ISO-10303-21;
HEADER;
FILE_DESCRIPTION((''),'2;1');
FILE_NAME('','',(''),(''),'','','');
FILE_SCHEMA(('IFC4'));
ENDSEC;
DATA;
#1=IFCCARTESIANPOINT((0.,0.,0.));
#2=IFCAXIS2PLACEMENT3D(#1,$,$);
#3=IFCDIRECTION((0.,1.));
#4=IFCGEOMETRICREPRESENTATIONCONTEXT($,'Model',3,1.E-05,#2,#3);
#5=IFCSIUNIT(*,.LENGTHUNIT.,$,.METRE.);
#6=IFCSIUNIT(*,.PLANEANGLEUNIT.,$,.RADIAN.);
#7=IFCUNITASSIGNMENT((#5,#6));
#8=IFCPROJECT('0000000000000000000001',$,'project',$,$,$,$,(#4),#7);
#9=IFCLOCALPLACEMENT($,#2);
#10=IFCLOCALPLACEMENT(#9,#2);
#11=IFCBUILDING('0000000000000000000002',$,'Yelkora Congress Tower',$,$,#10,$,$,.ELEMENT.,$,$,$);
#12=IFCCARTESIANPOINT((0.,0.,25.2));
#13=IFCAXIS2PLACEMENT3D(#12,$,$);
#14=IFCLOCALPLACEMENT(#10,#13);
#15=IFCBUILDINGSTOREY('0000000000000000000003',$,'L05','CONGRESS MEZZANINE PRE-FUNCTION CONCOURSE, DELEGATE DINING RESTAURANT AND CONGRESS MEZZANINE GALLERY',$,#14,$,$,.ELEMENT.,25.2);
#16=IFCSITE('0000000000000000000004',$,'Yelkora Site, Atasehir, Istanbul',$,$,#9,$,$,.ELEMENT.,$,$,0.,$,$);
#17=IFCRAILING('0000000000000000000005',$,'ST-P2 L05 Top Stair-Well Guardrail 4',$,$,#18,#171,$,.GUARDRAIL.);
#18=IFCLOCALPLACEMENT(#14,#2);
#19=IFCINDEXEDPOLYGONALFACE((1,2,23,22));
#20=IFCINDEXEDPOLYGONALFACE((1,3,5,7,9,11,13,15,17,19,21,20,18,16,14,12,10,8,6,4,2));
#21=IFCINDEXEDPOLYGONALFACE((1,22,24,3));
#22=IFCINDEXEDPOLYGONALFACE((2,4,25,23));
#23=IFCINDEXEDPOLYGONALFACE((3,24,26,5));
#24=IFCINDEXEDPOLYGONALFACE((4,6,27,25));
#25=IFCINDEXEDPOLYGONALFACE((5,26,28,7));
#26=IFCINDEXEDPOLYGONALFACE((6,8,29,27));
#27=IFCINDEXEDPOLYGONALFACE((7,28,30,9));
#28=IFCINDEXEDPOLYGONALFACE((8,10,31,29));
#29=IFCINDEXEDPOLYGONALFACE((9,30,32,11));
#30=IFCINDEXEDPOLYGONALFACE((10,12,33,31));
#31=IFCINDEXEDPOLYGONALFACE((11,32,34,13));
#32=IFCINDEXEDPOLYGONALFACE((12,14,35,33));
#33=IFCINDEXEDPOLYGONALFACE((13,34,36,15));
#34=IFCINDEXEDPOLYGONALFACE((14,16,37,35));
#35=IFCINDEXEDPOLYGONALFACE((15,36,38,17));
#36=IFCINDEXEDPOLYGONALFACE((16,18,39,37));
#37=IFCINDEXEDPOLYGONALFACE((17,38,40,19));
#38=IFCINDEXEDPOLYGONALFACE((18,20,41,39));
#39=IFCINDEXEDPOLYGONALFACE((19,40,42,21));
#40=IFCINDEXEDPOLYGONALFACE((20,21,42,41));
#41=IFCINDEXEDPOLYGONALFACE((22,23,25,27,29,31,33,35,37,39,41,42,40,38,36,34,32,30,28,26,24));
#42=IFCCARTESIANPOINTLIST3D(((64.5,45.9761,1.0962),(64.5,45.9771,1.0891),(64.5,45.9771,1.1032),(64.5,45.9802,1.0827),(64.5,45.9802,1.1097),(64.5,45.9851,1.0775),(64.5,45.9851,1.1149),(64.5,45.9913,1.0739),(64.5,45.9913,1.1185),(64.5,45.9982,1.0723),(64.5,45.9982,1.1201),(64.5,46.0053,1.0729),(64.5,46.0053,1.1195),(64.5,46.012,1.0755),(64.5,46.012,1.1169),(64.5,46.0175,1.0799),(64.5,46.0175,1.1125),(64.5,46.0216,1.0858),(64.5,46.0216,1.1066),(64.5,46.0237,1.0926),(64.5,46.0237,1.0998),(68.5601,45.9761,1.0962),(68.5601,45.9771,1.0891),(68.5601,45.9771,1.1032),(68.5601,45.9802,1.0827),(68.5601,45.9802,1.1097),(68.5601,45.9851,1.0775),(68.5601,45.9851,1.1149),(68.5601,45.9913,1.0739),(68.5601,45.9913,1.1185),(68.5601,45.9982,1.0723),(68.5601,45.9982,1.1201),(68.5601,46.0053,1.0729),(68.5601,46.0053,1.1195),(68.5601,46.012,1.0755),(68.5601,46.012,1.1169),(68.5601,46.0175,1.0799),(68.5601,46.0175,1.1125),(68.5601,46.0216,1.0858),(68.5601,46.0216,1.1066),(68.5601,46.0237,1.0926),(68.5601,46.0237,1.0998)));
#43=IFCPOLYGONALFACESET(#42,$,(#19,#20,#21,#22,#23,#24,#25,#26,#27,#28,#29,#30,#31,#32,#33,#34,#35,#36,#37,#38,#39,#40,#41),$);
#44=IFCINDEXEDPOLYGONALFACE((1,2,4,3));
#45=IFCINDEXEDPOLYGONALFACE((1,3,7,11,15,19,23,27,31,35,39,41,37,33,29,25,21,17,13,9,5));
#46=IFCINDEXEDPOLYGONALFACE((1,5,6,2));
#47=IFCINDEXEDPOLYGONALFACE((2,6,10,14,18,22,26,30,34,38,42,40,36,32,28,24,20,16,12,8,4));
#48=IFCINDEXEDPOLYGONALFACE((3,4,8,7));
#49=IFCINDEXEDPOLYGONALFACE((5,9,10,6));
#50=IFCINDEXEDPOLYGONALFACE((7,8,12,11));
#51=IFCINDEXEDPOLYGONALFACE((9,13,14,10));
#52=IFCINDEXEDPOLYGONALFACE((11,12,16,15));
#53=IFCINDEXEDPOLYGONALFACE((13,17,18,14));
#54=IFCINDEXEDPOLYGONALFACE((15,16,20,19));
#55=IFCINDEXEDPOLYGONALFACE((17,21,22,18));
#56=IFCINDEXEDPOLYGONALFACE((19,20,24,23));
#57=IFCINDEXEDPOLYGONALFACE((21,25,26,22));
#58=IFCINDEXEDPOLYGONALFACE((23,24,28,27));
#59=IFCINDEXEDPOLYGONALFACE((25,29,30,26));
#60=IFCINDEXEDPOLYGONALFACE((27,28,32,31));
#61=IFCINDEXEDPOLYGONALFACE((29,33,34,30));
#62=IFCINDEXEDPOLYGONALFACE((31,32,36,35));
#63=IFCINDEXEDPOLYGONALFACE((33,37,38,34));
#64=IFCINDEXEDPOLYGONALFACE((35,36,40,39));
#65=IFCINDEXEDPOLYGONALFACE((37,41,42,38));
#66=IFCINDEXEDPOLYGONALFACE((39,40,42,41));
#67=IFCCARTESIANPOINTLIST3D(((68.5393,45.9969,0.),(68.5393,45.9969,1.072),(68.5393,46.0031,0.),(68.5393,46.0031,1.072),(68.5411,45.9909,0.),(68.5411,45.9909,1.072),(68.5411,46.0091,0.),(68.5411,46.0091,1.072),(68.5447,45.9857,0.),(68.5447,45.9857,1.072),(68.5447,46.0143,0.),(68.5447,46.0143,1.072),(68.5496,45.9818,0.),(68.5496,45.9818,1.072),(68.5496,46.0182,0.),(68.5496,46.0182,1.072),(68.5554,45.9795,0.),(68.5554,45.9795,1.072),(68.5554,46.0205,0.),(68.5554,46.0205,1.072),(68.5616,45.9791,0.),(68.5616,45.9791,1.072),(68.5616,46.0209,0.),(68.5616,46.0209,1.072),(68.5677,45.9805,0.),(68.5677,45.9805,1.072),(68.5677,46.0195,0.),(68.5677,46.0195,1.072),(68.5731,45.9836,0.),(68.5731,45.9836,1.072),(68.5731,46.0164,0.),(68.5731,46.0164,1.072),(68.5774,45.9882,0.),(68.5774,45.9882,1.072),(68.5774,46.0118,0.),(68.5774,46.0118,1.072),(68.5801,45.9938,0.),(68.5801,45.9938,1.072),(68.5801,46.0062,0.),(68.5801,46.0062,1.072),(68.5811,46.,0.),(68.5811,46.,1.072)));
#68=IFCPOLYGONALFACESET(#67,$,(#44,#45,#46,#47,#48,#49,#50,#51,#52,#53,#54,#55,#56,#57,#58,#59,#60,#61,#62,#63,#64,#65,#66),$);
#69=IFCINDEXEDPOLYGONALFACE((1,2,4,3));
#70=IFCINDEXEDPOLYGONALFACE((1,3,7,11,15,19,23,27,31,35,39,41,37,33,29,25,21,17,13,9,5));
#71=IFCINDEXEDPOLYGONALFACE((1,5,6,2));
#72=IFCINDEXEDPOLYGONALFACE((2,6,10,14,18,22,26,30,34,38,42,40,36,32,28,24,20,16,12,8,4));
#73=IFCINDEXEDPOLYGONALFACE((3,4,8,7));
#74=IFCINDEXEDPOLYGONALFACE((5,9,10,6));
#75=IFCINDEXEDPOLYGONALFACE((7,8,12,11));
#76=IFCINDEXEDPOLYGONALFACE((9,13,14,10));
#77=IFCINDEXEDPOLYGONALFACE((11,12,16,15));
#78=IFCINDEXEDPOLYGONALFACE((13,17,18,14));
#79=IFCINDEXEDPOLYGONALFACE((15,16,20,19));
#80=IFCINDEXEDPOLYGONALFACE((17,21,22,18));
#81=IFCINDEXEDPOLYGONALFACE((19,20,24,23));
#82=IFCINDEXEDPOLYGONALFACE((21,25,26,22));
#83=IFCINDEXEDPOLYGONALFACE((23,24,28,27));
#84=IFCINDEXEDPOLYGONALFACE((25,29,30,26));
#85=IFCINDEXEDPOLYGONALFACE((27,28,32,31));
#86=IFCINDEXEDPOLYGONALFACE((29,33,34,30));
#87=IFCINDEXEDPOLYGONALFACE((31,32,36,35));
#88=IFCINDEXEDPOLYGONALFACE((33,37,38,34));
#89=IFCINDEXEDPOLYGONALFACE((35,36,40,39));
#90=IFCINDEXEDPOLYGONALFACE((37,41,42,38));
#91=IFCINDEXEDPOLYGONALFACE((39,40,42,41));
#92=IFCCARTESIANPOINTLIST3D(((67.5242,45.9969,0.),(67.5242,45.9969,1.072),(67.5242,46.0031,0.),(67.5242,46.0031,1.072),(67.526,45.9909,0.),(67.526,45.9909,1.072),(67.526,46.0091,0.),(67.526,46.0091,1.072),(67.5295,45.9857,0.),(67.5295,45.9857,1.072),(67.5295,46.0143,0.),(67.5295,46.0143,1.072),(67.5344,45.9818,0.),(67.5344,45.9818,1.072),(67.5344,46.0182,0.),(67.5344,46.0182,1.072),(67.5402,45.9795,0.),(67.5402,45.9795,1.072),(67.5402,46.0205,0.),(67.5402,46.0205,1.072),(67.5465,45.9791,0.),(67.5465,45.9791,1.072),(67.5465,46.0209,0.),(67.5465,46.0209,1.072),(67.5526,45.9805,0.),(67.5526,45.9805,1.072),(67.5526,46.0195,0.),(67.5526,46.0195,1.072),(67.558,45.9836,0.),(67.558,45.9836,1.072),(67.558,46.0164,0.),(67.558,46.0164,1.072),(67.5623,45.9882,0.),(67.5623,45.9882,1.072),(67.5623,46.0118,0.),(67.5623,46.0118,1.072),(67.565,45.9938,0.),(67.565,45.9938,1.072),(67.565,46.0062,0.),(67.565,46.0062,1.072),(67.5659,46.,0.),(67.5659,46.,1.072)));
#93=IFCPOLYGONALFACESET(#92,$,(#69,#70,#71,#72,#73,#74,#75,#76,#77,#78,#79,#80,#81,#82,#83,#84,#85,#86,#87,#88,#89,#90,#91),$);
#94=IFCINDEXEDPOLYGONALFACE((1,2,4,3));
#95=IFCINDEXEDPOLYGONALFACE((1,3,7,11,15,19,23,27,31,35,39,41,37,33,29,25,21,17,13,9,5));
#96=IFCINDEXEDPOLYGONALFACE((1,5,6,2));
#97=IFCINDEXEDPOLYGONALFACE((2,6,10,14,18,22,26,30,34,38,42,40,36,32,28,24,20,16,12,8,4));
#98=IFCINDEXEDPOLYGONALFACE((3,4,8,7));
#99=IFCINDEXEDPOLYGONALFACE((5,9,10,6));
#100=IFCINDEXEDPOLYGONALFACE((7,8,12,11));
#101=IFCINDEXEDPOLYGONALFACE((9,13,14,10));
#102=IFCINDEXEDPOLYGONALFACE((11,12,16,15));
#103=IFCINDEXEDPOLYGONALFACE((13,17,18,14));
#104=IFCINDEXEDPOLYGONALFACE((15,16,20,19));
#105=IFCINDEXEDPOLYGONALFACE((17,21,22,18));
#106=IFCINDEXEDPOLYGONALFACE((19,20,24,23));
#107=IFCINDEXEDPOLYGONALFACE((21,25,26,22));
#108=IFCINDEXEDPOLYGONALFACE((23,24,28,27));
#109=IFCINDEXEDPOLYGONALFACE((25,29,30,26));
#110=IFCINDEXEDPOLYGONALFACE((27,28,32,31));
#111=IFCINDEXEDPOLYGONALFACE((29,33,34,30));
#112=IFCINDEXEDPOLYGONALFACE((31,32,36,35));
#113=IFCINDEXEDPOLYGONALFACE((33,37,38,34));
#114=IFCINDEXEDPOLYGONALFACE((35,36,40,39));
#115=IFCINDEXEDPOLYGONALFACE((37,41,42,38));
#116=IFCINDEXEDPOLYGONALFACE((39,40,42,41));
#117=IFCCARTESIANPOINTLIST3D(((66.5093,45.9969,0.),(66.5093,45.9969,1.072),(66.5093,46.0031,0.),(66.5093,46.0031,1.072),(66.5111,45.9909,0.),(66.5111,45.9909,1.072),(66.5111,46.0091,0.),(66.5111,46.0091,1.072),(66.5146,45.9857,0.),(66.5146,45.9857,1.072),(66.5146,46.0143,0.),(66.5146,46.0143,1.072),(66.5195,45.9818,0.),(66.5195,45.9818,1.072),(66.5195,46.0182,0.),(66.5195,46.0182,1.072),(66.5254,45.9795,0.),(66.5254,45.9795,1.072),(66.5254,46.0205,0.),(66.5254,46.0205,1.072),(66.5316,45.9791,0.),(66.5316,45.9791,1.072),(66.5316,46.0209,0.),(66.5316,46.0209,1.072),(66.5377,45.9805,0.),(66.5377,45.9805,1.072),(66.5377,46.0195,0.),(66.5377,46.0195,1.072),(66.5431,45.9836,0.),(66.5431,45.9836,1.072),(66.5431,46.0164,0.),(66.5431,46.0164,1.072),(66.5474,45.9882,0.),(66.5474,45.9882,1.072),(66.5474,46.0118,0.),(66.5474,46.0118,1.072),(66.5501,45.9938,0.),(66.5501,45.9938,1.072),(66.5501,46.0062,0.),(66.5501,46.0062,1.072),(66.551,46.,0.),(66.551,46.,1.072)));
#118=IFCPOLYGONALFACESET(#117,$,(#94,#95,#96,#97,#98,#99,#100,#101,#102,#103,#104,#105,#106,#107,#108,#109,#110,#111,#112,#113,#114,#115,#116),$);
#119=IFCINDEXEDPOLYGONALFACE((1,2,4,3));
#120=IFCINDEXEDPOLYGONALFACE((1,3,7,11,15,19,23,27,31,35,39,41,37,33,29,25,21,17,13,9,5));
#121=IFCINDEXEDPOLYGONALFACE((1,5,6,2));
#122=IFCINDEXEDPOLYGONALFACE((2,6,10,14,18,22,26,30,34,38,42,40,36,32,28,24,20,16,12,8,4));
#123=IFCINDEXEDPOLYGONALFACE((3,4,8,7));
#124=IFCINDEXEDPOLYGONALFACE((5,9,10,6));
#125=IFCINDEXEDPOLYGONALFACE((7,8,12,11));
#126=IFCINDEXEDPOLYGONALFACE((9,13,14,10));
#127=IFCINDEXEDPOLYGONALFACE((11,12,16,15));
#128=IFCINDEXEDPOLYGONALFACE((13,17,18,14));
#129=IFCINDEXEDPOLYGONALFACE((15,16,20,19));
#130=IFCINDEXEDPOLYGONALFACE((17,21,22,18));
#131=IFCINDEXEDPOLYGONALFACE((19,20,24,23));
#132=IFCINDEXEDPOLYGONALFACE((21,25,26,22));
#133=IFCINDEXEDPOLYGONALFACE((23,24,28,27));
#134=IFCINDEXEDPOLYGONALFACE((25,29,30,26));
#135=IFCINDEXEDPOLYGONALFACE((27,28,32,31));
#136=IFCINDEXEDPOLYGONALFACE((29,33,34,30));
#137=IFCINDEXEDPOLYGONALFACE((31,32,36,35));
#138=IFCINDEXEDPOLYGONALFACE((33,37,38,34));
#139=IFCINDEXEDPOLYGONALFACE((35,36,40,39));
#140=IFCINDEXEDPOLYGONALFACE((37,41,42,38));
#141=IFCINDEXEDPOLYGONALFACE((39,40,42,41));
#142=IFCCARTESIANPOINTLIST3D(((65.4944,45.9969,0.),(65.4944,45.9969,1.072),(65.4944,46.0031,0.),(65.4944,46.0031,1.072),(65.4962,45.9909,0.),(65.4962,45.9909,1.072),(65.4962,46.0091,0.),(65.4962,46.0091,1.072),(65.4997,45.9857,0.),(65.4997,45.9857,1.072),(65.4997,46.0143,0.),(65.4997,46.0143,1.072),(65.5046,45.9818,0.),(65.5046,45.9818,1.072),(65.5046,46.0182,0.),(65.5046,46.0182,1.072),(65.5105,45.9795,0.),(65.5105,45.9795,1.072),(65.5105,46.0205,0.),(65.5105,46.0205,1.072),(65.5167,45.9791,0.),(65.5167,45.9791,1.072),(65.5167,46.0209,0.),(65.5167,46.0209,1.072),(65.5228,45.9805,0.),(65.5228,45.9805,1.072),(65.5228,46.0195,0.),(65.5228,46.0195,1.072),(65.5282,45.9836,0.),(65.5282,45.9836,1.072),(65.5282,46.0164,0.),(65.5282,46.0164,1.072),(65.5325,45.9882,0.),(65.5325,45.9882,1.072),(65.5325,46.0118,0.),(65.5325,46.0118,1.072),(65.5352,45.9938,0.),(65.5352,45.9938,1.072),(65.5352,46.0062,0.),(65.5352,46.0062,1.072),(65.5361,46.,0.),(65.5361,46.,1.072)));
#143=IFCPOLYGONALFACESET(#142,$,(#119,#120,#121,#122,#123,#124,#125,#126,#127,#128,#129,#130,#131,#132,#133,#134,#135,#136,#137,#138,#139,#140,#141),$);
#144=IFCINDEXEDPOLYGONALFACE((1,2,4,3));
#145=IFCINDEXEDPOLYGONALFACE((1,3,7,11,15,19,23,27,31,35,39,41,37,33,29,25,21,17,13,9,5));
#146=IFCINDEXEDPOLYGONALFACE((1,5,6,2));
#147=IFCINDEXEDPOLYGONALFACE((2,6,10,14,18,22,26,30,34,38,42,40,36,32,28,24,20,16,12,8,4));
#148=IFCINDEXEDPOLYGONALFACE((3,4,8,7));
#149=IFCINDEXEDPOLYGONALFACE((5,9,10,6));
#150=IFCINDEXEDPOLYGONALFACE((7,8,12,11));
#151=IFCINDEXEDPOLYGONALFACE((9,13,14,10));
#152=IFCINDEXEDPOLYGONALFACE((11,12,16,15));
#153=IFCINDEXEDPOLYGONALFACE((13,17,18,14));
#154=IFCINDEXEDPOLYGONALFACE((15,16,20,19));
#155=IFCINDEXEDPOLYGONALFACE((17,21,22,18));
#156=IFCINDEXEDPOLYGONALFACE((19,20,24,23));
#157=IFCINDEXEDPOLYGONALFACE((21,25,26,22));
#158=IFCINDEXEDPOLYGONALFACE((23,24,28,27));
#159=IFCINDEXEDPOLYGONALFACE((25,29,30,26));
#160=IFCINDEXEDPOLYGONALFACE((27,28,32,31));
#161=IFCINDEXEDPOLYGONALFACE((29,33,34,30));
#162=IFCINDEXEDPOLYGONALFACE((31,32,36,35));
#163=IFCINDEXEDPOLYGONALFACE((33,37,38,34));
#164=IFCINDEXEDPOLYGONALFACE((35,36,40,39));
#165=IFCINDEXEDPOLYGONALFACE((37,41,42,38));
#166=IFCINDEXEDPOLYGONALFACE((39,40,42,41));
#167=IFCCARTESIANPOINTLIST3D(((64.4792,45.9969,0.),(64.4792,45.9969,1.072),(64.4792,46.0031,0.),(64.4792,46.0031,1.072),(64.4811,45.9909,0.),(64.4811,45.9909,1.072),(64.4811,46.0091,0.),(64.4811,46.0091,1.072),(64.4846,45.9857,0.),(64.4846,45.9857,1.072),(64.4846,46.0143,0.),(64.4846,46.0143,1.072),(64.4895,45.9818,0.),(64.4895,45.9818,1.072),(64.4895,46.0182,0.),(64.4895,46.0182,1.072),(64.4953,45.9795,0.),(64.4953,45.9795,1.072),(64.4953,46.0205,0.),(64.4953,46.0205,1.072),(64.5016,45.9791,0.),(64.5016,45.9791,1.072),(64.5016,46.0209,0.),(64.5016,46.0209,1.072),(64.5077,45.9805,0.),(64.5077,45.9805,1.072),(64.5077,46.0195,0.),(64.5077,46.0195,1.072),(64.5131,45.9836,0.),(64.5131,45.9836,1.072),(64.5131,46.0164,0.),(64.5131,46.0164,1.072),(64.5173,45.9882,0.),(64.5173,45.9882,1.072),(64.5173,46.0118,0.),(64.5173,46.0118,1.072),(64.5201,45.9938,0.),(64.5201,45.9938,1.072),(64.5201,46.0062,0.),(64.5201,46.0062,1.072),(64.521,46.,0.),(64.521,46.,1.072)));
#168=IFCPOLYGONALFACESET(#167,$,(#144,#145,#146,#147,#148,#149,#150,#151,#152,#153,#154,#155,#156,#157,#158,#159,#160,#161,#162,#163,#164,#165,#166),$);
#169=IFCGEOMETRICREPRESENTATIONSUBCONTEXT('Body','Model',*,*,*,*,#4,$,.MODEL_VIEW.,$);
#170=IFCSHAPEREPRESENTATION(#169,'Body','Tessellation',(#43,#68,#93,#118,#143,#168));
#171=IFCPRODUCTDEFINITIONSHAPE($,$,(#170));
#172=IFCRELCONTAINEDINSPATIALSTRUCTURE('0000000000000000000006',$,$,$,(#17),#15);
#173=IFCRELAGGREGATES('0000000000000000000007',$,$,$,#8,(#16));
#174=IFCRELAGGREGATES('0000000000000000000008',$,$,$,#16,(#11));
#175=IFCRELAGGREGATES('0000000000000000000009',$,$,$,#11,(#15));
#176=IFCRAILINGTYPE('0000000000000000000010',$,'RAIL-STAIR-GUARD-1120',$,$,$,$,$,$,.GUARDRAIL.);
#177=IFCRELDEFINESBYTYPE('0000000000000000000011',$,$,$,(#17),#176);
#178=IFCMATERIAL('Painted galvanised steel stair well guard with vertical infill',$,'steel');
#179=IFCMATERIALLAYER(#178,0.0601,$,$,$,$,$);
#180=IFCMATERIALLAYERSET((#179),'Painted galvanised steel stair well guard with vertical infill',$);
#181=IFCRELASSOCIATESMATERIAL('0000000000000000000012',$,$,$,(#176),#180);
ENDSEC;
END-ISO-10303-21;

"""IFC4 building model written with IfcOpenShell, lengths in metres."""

from ifc_helpers import new_model, si_unit, direction, frame, origin, origin_2d, place, context, subcontext, project, spatial, circle, extrude, material, layer, layer_set, type_object, element, save


model = new_model("IFC4")

# Units and contexts
model_context = context("Model", 3, precision=1e-05, world=origin(), true_north=direction((0.0, 1.0)))
body_context = subcontext(model_context, "Body", "Model", "MODEL_VIEW")
ifc_project = project(units=[si_unit("LENGTHUNIT", "METRE"), si_unit("PLANEANGLEUNIT", "RADIAN")], contexts=[model_context])

# Site, building, storey
site_placement = place(None, origin())
site = spatial("IfcSite", under=ifc_project, at=site_placement, Name="Yelkora Site, Atasehir, Istanbul", CompositionType="ELEMENT", RefElevation=0.0)
building_placement = place(site_placement, origin())
building = spatial("IfcBuilding", under=site, at=building_placement, Name="Yelkora Congress Tower", CompositionType="ELEMENT")
storey_placement = place(building_placement, frame((0.0, 0.0, 25.2)))
storey = spatial("IfcBuildingStorey", under=building, at=storey_placement, Name="L05", Description="CONGRESS MEZZANINE PRE-FUNCTION CONCOURSE, DELEGATE DINING RESTAURANT AND CONGRESS MEZZANINE GALLERY", CompositionType="ELEMENT", Elevation=25.2)

# Railing
ifc_material_1 = material(Name="Painted galvanised steel stair well guard with vertical infill", Category="steel")
ifc_layer_1 = layer(ifc_material_1, 0.0601)
ifc_layer_set_1 = layer_set([ifc_layer_1], Name="Painted galvanised steel stair well guard with vertical infill")
railing_type = type_object("IfcRailingType", Name="RAIL-STAIR-GUARD-1120", PredefinedType="GUARDRAIL", material=ifc_layer_set_1)
railing_1_placement = place(storey_placement, frame((68.5601, 46.0, 0.0)))
element("IfcRailing", 1, at=railing_1_placement, inside=storey, type_object=railing_type, Name="ST-P2 L05 Top Stair-Well Guardrail 4", PredefinedType="GUARDRAIL", context=body_context, shape_type="SweptSolid", body=[
    extrude(circle(Radius=0.0239, at=origin_2d()), frame((0.0, 0.0, 1.0962), z_axis=(-1.0, 0.0, 0.0), x_axis=(0.0, -1.0, 0.0)), (0.0, 0.0, 1.0), 4.0601),
    extrude(circle(Radius=0.021, at=origin_2d()), origin(), (0.0, 0.0, 1.0), 1.072),
    extrude(circle(Radius=0.021, at=origin_2d()), frame((-1.0151, 0.0, 0.0)), (0.0, 0.0, 1.0), 1.072),
    extrude(circle(Radius=0.021, at=origin_2d()), frame((-2.03, 0.0, 0.0)), (0.0, 0.0, 1.0), 1.072),
    extrude(circle(Radius=0.021, at=origin_2d()), frame((-3.0449, 0.0, 0.0)), (0.0, 0.0, 1.0), 1.072),
    extrude(circle(Radius=0.021, at=origin_2d()), frame((-4.0601, 0.0, 0.0)), (0.0, 0.0, 1.0), 1.072),
])

save(model, "model.ifc")
